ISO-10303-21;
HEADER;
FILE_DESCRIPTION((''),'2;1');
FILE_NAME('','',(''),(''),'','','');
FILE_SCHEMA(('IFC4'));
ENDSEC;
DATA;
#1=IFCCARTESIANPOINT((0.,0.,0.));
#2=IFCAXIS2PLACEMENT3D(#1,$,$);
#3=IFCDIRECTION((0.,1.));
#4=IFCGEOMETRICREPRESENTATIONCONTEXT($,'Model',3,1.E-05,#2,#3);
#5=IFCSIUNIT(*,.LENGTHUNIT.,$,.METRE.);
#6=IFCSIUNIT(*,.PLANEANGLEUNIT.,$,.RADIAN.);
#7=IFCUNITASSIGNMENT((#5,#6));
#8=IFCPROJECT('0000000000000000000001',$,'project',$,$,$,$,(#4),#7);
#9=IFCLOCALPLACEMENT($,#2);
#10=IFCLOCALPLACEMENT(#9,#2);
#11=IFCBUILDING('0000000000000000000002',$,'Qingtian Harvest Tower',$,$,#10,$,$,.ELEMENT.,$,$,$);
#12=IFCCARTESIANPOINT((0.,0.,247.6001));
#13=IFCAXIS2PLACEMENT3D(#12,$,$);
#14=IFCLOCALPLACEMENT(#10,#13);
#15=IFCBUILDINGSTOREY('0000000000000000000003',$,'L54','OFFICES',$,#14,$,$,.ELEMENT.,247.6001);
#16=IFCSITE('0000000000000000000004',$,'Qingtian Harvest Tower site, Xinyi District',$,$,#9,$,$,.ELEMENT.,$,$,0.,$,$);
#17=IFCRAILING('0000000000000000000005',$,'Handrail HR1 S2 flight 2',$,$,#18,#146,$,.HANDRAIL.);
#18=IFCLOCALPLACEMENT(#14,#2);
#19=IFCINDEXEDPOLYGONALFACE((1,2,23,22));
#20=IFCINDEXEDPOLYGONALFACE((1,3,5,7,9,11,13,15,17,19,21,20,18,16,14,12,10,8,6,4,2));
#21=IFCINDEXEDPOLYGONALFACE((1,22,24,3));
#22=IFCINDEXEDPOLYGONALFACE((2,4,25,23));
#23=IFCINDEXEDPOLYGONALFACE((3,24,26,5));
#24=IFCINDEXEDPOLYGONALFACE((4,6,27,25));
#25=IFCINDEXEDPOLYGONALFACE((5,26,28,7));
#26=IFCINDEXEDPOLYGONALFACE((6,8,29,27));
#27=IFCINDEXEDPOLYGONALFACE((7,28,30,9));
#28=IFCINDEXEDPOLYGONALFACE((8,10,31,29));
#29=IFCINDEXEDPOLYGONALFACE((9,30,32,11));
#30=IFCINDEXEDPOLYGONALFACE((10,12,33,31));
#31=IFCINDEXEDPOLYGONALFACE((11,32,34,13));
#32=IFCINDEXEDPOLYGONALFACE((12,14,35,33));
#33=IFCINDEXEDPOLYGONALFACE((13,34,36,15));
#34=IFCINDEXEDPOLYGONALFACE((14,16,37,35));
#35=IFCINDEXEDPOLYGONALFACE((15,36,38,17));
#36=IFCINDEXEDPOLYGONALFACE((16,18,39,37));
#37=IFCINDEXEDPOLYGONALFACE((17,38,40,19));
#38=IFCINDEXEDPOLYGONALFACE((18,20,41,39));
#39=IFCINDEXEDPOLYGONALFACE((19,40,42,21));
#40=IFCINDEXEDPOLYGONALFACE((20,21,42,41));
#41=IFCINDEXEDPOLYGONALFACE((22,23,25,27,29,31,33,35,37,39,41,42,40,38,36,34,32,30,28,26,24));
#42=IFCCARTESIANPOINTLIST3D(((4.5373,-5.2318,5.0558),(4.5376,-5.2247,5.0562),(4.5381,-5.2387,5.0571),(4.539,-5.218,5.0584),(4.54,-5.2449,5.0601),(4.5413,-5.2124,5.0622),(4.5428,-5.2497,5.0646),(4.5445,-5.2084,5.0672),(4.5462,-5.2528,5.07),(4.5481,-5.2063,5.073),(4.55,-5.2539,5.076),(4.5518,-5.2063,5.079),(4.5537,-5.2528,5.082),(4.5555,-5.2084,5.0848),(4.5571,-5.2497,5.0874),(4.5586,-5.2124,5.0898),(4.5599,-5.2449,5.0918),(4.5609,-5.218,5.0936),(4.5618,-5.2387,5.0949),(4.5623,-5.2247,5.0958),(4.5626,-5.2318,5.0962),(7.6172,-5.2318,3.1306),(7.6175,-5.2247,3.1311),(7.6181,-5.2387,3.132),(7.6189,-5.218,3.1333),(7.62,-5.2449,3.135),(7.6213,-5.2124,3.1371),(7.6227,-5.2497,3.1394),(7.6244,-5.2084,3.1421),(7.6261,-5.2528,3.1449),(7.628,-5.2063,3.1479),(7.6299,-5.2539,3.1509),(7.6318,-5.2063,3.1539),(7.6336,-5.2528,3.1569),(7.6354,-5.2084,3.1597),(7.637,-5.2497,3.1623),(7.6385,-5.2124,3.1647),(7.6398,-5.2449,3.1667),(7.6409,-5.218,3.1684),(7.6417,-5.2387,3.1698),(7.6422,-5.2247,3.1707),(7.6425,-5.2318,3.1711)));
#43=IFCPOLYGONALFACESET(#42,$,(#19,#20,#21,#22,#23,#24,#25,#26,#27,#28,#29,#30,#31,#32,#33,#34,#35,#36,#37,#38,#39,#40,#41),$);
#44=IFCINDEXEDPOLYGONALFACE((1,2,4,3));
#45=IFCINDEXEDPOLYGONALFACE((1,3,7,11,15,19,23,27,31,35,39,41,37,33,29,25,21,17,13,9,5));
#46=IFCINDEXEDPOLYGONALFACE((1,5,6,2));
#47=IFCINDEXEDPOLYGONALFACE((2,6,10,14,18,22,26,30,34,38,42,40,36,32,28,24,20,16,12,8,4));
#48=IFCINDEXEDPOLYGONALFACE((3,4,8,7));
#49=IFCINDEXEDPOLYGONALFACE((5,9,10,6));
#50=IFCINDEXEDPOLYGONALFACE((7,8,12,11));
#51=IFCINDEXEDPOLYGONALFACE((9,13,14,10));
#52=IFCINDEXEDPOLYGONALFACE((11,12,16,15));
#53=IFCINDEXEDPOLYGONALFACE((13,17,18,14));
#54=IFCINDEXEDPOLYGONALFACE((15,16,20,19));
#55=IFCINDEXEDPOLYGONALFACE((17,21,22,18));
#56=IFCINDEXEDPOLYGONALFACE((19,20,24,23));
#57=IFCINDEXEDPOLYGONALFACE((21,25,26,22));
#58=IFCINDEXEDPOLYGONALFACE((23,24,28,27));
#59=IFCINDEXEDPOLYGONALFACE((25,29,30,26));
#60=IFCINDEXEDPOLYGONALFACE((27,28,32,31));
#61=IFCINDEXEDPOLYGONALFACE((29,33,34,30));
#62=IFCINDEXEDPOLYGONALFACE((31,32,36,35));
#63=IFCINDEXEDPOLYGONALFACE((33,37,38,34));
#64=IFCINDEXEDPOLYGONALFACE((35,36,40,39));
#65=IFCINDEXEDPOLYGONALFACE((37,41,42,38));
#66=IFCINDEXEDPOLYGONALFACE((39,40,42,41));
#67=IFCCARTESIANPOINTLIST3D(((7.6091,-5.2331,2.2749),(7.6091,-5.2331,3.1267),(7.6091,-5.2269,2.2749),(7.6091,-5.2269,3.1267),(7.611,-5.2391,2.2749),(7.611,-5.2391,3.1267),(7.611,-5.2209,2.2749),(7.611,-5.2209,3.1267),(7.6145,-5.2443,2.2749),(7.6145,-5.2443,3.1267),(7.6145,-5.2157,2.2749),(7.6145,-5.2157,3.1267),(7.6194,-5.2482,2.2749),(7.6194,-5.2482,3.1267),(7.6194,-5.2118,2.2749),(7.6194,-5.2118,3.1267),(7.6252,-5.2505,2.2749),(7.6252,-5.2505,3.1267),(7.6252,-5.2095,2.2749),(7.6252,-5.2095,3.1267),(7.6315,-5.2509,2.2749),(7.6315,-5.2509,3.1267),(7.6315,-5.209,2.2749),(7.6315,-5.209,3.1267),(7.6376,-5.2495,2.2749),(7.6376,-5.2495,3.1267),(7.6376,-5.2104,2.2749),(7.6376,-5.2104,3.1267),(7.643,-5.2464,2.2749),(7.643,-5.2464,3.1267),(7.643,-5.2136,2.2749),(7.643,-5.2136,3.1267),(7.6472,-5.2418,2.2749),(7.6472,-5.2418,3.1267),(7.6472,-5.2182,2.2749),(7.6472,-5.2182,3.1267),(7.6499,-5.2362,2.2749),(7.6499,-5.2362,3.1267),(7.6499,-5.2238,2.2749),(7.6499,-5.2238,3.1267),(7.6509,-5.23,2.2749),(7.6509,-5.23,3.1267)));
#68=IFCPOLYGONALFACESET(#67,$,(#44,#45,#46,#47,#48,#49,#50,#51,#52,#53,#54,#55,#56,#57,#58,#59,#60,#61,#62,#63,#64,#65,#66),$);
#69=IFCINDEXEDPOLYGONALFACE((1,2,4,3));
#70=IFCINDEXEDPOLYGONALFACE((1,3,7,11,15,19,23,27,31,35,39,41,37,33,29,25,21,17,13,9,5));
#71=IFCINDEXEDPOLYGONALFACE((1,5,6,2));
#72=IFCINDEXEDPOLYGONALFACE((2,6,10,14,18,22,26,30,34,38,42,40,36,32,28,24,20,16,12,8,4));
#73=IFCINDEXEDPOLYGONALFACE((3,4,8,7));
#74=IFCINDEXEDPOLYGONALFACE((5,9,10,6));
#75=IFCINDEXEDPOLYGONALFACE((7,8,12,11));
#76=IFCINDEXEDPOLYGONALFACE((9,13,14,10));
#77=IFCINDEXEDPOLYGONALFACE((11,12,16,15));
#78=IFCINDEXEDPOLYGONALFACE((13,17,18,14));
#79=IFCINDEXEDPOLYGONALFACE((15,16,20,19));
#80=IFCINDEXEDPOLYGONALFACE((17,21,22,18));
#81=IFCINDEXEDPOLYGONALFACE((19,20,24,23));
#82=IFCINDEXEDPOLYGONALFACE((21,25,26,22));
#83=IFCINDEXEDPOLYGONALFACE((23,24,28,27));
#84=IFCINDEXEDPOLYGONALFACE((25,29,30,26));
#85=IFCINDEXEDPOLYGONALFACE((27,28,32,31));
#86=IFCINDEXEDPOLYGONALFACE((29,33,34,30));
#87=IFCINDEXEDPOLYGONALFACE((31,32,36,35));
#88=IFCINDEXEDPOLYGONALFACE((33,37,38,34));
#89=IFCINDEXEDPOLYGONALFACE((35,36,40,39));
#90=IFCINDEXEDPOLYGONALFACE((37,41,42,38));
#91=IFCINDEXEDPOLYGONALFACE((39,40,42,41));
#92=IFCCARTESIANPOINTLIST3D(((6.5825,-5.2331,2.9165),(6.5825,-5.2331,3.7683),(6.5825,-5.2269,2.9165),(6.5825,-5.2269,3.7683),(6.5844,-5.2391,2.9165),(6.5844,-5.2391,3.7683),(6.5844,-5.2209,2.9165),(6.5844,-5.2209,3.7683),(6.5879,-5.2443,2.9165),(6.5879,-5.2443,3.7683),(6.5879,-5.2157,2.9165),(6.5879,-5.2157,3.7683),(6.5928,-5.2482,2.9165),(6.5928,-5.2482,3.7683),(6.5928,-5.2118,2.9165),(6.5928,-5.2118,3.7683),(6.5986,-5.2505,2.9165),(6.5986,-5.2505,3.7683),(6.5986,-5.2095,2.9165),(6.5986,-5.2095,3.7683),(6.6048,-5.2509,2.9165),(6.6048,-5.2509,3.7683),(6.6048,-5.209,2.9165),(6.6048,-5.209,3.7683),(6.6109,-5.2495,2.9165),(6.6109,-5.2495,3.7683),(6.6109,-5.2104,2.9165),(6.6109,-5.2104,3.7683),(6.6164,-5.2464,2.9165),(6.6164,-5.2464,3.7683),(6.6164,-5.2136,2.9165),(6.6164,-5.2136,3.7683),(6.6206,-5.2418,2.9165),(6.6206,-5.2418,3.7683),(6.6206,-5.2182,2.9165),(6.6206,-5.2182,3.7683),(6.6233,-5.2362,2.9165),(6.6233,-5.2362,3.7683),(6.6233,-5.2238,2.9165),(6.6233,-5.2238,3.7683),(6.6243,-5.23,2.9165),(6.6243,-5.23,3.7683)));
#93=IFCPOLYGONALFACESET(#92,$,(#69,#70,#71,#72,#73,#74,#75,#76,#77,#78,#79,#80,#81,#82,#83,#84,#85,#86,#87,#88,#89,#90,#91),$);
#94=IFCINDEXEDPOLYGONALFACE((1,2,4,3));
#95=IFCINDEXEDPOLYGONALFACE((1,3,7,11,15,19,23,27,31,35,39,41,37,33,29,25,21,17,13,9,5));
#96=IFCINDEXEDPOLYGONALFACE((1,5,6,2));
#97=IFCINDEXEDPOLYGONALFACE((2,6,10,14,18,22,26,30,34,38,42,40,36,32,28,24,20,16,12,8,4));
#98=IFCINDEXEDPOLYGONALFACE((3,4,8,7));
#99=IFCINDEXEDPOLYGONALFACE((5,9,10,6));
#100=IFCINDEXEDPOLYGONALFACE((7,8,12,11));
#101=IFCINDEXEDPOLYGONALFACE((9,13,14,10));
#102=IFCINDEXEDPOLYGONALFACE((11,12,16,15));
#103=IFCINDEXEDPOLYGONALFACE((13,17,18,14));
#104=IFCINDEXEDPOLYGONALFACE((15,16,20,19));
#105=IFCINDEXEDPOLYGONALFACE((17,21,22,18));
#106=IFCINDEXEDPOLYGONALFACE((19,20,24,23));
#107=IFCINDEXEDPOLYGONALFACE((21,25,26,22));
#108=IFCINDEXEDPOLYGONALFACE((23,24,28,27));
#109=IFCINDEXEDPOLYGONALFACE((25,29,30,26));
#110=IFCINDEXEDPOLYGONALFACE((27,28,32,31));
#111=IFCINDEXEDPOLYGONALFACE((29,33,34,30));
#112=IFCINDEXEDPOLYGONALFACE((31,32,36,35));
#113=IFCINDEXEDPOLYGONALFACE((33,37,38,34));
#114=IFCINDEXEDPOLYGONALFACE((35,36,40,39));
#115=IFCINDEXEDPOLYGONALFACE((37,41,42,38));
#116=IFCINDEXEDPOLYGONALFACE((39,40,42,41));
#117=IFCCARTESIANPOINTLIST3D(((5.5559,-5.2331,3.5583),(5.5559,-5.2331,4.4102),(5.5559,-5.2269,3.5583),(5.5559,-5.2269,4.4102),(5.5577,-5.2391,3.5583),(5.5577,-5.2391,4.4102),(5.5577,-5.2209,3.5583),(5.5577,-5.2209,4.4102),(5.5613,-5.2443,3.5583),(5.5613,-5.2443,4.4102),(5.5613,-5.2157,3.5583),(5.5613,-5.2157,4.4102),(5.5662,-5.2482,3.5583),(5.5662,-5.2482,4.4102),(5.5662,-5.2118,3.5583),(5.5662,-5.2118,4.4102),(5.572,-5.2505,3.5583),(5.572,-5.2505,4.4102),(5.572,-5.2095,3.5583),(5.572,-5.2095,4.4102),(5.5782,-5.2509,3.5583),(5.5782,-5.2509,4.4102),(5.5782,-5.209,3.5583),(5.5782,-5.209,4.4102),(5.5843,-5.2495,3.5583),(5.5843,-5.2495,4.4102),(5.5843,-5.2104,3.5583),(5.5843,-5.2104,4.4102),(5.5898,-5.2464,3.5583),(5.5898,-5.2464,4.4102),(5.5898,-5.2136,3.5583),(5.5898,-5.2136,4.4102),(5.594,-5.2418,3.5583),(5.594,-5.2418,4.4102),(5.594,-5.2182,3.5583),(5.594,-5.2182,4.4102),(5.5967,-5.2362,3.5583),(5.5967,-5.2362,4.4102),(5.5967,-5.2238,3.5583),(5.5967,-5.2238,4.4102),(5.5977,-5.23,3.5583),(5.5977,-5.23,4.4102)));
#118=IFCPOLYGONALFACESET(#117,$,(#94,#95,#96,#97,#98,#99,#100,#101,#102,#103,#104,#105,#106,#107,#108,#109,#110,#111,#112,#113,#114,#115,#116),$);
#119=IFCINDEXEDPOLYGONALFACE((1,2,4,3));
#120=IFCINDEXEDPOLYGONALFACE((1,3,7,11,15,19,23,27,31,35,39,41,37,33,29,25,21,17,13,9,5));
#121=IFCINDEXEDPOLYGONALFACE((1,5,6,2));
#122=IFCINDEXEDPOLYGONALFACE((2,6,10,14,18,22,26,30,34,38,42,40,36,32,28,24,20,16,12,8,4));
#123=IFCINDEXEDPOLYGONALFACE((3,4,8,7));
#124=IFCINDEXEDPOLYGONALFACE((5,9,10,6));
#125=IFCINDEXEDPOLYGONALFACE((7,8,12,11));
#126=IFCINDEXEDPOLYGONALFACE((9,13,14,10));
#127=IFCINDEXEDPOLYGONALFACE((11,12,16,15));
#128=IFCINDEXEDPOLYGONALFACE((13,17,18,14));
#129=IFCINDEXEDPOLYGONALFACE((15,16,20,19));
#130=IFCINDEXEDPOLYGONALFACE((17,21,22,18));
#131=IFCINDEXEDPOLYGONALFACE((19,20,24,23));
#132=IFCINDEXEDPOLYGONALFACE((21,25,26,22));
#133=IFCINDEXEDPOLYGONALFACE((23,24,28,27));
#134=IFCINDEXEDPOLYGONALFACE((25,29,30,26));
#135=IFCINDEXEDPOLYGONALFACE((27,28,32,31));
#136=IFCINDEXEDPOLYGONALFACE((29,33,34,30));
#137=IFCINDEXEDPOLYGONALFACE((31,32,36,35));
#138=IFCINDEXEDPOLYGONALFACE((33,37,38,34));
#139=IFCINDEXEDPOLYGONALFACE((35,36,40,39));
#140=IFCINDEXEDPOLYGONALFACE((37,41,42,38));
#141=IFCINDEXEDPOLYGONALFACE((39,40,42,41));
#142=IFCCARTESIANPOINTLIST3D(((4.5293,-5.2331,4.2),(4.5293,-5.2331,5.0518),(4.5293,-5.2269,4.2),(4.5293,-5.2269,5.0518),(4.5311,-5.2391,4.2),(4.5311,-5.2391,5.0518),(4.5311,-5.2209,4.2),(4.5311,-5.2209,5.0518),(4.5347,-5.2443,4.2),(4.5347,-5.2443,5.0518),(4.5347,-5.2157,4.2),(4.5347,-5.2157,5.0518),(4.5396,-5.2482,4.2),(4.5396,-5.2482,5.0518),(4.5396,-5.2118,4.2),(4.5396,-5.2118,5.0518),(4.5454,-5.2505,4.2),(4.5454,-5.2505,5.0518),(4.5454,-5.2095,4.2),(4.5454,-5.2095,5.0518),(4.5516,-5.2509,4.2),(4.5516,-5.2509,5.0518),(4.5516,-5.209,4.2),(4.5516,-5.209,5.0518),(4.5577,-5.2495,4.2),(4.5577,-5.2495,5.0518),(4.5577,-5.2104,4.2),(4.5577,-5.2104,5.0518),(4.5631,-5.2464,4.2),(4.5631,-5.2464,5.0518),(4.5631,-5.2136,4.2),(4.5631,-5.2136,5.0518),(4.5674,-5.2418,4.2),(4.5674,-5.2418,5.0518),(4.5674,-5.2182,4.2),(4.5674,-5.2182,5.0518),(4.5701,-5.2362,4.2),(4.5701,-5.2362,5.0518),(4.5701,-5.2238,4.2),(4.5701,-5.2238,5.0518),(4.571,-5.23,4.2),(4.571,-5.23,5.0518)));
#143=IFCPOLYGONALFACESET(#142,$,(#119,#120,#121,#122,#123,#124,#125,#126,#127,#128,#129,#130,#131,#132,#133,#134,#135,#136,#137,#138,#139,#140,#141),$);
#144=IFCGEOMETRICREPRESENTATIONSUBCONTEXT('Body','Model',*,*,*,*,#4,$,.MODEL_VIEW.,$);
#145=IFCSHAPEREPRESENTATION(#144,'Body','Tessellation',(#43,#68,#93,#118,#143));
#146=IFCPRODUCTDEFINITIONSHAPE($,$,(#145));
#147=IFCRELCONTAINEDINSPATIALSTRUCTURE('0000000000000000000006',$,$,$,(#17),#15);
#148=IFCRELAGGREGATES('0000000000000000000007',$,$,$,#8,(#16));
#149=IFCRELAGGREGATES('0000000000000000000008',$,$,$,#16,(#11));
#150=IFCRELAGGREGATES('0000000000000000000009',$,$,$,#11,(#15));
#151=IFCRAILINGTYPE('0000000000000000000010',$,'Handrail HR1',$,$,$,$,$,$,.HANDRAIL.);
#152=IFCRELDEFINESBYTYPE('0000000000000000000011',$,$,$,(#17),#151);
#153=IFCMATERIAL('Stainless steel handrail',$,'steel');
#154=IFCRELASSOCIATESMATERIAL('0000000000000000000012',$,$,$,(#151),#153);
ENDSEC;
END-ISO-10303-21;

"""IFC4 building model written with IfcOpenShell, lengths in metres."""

from ifc_helpers import new_model, si_unit, direction, frame, origin, origin_2d, place, context, subcontext, project, spatial, circle, extrude, material, type_object, element, save


model = new_model("IFC4")

# Units and contexts
model_context = context("Model", 3, precision=1e-05, world=origin(), true_north=direction((0.0, 1.0)))
body_context = subcontext(model_context, "Body", "Model", "MODEL_VIEW")
ifc_project = project(units=[si_unit("LENGTHUNIT", "METRE"), si_unit("PLANEANGLEUNIT", "RADIAN")], contexts=[model_context])

# Site, building, storey
site_placement = place(None, origin())
site = spatial("IfcSite", under=ifc_project, at=site_placement, Name="Qingtian Harvest Tower site, Xinyi District", CompositionType="ELEMENT", RefElevation=0.0)
building_placement = place(site_placement, origin())
building = spatial("IfcBuilding", under=site, at=building_placement, Name="Qingtian Harvest Tower", CompositionType="ELEMENT")
storey_placement = place(building_placement, frame((0.0, 0.0, 247.6001)))
storey = spatial("IfcBuildingStorey", under=building, at=storey_placement, Name="L54", Description="OFFICES", CompositionType="ELEMENT", Elevation=247.6001)

# Railing
ifc_material_1 = material(Name="Stainless steel handrail", Category="steel")
railing_type = type_object("IfcRailingType", Name="Handrail HR1", PredefinedType="HANDRAIL", material=ifc_material_1)
railing_1_placement = place(storey_placement, frame((7.6299, -5.23, 2.2749)))
element("IfcRailing", 1, at=railing_1_placement, inside=storey, type_object=railing_type, Name="Handrail HR1 S2 flight 2", PredefinedType="HANDRAIL", context=body_context, shape_type="SweptSolid", body=[
    extrude(circle(Radius=0.0239, at=origin_2d()), frame((0.0, 0.0, 0.876), z_axis=(-0.847979, 0.0, 0.530029), x_axis=(0.0, -1.0, 0.0)), (0.0, 0.0, 1.0), 3.6321),
    extrude(circle(Radius=0.021, at=origin_2d()), origin(), (0.0, 0.0, 1.0), 0.8518),
    extrude(circle(Radius=0.021, at=origin_2d()), frame((-1.0266, 0.0, 0.6416)), (0.0, 0.0, 1.0), 0.8518),
    extrude(circle(Radius=0.021, at=origin_2d()), frame((-2.0532, 0.0, 1.2834)), (0.0, 0.0, 1.0), 0.8518),
    extrude(circle(Radius=0.021, at=origin_2d()), frame((-3.0798, 0.0, 1.925)), (0.0, 0.0, 1.0), 0.8518),
])

save(model, "model.ifc")
